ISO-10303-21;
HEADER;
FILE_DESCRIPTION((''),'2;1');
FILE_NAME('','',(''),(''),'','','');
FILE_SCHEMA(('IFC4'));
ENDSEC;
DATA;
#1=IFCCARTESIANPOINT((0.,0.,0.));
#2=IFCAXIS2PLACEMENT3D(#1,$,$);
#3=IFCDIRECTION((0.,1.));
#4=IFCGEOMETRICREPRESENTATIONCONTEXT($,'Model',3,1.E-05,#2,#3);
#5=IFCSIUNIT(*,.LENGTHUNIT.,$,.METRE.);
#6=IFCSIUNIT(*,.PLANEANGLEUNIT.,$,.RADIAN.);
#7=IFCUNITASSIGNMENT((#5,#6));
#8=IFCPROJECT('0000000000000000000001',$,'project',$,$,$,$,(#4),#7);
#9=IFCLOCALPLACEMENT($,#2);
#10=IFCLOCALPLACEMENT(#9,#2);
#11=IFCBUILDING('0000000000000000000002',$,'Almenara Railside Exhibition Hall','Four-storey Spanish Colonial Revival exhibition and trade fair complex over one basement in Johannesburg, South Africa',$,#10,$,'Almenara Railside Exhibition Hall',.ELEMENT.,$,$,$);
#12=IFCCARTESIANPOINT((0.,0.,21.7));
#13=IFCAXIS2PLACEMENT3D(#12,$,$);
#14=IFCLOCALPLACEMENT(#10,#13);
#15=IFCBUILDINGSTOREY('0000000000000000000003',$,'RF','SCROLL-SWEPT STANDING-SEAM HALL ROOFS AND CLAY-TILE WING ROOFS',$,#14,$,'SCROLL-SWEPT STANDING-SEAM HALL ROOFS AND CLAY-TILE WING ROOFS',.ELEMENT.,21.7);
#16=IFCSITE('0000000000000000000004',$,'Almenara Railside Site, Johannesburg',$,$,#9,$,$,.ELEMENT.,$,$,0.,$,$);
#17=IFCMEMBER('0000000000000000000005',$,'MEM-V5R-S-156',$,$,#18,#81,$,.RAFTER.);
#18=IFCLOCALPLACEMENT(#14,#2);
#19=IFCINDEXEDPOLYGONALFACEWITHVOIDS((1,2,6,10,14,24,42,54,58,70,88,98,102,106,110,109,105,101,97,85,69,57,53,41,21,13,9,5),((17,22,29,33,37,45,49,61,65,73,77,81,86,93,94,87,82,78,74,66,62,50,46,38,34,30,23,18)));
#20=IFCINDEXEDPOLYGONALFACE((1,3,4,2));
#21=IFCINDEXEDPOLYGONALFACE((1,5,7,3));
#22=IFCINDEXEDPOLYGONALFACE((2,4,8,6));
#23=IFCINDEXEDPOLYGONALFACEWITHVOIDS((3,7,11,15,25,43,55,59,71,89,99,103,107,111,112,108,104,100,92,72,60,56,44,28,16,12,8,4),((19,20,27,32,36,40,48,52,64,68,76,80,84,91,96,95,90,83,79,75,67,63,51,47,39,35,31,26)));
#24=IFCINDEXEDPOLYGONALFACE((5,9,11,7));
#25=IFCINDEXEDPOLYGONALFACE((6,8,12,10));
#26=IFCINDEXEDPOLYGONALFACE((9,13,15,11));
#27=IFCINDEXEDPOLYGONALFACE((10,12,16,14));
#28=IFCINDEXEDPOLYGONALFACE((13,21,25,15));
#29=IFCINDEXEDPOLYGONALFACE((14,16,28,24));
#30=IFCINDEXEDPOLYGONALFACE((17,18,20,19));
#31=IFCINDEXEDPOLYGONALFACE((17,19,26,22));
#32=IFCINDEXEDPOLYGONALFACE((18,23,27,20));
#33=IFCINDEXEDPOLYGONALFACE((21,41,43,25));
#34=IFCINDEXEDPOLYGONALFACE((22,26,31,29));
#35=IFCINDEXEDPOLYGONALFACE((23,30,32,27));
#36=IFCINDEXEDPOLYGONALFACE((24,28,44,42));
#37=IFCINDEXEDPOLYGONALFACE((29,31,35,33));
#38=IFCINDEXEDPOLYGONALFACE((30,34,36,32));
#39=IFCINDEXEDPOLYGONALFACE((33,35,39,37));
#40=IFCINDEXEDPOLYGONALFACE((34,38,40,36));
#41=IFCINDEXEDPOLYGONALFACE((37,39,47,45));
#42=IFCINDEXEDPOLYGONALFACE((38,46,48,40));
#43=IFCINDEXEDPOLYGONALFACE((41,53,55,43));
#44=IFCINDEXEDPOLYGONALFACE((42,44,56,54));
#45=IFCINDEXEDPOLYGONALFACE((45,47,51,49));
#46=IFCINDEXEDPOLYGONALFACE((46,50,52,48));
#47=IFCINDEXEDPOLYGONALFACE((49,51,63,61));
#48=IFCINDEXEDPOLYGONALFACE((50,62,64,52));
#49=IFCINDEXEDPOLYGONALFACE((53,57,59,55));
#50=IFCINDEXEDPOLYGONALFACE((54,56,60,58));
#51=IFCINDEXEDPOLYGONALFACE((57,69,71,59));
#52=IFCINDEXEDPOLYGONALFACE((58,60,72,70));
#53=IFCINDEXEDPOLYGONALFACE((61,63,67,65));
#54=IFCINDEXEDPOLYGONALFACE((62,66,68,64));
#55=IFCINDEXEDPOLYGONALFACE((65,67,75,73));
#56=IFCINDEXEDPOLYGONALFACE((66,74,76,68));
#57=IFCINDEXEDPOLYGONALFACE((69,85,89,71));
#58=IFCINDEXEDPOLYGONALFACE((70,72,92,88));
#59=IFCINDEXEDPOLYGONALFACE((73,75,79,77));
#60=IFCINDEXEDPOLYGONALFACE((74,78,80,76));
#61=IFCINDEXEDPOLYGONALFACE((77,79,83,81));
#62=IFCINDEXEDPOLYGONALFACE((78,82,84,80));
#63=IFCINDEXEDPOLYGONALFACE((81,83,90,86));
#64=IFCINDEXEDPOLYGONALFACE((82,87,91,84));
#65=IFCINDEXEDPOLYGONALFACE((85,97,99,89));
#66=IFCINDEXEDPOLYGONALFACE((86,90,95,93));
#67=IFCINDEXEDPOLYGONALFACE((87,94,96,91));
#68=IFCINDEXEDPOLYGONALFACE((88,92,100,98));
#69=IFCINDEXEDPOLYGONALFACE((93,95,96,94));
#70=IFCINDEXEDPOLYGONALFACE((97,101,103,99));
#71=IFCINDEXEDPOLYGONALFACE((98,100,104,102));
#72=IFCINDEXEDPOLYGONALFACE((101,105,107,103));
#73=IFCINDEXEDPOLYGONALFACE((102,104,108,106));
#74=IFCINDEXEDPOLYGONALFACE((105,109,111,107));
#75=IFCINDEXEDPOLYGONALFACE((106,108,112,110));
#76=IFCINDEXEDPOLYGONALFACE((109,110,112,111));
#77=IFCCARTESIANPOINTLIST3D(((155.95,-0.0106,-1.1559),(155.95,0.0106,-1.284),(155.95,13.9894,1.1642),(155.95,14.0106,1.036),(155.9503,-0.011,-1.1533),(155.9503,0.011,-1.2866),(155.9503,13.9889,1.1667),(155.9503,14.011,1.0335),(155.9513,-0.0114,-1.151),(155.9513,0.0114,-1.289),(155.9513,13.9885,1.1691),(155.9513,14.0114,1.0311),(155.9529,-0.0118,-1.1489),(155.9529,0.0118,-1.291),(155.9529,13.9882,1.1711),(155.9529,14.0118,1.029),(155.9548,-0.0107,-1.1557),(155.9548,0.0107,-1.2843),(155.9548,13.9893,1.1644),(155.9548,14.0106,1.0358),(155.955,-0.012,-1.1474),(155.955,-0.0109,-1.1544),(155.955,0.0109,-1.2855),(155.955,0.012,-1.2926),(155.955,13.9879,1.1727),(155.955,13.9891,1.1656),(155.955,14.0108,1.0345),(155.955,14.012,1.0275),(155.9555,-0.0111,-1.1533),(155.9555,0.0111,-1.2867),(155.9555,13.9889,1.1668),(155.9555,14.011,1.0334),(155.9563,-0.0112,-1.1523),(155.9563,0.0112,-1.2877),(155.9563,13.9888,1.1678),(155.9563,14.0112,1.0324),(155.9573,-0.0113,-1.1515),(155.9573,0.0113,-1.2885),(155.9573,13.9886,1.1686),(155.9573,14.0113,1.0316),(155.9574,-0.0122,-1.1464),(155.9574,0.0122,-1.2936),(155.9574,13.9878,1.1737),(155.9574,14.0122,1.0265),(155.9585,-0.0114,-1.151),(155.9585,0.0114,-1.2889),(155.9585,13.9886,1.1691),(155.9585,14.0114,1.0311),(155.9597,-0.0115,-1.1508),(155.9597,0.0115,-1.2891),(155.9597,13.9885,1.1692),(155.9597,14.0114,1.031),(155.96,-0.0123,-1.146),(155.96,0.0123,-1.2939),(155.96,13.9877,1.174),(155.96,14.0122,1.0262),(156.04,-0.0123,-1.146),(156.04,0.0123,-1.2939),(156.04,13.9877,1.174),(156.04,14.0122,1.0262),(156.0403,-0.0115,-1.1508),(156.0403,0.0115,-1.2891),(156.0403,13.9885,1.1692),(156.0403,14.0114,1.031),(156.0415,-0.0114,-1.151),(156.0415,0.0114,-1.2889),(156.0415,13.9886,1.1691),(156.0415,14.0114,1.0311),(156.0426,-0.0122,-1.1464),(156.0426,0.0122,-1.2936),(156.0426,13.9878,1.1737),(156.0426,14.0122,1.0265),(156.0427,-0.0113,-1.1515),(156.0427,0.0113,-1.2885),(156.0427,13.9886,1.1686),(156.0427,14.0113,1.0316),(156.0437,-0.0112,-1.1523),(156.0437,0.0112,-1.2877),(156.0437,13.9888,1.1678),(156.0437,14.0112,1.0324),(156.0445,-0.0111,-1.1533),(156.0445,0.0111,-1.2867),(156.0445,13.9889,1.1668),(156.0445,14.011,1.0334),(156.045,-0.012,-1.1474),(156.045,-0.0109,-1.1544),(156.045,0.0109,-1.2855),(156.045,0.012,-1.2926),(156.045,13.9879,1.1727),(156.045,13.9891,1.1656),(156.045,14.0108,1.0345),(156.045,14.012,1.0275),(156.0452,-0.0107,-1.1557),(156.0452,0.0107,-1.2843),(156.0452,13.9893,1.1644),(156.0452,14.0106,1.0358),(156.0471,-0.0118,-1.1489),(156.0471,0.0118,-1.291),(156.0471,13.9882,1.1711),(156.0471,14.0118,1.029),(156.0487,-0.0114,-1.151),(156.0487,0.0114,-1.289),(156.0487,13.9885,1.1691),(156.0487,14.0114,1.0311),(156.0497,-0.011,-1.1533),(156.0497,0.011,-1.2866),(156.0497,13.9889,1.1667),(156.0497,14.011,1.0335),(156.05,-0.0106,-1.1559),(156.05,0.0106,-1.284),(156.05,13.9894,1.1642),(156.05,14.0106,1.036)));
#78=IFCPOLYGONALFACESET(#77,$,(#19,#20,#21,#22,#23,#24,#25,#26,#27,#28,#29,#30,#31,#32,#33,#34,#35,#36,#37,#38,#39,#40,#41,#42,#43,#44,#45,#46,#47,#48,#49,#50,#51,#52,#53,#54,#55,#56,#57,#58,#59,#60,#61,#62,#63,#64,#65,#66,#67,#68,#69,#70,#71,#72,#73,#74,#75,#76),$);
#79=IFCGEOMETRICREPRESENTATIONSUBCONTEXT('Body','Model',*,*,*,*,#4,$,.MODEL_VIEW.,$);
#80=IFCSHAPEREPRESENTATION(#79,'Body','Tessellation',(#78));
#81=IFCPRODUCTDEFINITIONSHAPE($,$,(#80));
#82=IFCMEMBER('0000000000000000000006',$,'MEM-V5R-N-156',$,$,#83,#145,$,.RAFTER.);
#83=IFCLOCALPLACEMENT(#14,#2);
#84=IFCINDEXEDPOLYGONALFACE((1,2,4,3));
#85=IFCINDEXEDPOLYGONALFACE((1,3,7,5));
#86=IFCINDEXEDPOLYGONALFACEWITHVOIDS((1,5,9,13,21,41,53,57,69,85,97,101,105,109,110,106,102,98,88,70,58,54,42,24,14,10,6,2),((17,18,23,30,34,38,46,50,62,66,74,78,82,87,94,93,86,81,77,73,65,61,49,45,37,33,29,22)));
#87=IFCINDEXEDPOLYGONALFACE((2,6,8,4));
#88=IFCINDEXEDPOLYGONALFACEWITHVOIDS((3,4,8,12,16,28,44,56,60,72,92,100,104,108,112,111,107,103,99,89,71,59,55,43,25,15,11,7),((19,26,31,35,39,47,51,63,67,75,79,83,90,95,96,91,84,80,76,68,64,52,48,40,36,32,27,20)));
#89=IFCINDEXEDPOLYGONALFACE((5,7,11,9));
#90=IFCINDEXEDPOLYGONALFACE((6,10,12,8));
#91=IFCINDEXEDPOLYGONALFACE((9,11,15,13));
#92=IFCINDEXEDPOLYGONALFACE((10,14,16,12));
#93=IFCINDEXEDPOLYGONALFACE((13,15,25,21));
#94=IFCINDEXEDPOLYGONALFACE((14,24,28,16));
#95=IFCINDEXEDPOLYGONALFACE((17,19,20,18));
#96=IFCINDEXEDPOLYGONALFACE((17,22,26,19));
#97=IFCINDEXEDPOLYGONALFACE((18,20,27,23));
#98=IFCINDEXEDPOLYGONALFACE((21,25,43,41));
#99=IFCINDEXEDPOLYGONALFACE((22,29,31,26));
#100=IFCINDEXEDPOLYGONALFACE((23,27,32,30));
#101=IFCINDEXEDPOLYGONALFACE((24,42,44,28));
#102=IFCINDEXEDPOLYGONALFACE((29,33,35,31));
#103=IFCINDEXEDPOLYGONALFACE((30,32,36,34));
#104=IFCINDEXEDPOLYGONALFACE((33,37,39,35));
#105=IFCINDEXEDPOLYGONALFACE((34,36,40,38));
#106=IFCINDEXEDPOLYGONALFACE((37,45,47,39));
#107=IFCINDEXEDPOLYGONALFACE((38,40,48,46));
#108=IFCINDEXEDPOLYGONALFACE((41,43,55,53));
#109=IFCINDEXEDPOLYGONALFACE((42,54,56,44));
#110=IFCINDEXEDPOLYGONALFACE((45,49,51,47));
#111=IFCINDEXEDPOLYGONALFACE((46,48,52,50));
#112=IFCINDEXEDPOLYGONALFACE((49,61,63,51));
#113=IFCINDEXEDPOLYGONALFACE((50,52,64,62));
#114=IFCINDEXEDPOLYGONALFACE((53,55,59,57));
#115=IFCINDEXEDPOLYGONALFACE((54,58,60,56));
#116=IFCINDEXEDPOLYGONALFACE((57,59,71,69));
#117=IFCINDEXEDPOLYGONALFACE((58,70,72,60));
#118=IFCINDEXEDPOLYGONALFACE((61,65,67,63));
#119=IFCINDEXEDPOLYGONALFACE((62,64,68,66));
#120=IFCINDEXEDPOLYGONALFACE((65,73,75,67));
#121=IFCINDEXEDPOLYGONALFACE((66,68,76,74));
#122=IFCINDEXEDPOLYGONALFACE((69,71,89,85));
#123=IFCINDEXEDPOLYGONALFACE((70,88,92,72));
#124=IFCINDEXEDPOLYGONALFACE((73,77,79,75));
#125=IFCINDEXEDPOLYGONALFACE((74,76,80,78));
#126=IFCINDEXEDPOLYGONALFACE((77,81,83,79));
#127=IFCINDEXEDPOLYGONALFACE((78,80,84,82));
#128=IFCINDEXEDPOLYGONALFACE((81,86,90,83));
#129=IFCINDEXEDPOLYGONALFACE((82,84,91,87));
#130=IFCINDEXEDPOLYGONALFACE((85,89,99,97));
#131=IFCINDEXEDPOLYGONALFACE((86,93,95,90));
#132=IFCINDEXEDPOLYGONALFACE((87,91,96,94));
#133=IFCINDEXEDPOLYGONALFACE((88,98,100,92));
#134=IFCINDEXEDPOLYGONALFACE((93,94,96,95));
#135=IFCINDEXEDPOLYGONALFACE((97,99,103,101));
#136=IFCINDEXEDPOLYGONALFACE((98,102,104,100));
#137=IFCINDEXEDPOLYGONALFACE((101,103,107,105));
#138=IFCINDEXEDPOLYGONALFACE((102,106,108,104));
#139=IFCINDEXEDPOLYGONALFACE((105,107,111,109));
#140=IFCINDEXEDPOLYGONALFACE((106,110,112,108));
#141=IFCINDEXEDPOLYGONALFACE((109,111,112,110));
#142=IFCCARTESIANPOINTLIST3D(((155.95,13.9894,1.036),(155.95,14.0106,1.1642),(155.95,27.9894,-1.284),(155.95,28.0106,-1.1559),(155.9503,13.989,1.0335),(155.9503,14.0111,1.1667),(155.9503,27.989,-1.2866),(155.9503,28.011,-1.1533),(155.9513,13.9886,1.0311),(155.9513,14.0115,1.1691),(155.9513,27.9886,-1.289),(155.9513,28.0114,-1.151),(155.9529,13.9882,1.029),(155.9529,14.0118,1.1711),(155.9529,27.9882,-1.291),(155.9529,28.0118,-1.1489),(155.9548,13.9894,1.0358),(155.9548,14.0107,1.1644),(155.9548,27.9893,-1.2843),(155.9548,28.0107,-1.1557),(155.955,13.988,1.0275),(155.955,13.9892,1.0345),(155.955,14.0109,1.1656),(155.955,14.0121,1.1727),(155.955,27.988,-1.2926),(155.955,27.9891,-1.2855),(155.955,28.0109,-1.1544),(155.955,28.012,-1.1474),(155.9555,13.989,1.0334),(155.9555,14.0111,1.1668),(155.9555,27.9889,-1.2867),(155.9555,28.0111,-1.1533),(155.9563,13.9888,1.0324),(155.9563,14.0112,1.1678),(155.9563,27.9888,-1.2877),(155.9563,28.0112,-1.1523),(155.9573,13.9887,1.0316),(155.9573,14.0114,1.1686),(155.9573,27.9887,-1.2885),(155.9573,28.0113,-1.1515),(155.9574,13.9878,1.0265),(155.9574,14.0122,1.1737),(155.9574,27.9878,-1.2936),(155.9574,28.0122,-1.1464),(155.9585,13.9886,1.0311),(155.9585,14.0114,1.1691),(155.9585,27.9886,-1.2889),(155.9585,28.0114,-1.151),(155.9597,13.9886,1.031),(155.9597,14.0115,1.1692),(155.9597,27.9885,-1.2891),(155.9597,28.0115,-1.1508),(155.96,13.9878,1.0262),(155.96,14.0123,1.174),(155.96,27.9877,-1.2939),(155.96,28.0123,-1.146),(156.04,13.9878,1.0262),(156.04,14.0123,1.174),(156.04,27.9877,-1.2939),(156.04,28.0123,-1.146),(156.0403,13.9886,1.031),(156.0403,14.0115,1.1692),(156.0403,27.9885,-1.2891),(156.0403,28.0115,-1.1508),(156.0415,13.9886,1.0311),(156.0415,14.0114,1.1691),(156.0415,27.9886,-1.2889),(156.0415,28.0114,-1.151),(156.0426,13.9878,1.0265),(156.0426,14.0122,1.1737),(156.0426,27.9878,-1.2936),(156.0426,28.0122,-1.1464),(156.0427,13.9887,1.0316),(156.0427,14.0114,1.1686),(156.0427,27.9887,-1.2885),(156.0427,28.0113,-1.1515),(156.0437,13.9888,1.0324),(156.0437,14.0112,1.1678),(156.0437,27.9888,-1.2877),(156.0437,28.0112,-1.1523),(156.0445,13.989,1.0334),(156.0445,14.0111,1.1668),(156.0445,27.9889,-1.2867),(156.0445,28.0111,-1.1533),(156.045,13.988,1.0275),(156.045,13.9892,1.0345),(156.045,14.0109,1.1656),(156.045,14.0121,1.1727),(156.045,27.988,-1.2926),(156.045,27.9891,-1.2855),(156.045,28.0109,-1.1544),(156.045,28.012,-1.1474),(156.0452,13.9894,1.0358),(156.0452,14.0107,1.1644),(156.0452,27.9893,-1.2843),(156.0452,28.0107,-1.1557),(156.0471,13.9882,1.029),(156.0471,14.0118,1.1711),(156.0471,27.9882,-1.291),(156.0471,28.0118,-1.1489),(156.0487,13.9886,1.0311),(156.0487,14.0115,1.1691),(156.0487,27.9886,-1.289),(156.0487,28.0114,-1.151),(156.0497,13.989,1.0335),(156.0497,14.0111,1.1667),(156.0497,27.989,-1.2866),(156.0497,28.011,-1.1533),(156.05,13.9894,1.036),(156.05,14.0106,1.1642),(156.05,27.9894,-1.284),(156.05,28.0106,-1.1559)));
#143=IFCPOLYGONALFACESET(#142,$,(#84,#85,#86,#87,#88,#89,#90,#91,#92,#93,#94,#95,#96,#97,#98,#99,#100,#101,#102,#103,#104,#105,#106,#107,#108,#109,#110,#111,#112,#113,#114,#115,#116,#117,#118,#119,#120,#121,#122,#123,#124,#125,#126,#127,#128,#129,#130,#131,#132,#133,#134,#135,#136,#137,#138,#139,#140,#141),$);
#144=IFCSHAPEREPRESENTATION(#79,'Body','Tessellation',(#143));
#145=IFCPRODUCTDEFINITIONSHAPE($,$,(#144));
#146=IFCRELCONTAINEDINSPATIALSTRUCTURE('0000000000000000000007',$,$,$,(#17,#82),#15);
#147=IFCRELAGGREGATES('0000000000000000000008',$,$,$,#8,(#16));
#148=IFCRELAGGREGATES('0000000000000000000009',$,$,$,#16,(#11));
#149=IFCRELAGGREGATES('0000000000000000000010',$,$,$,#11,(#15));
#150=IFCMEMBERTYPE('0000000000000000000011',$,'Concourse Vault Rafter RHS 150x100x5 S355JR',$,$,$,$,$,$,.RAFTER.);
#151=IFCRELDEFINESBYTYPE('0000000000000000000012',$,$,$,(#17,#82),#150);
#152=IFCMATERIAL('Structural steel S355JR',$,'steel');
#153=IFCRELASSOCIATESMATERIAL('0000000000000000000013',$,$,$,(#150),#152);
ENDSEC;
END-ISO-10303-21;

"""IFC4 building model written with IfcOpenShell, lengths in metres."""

from ifc_helpers import new_model, si_unit, direction, frame, origin, origin_2d, place, context, subcontext, project, spatial, hollow_rectangle, extrude, material, material_profile, profile_set, type_object, element, save


model = new_model("IFC4")

# Units and contexts
model_context = context("Model", 3, precision=1e-05, world=origin(), true_north=direction((0.0, 1.0)))
body_context = subcontext(model_context, "Body", "Model", "MODEL_VIEW")
ifc_project = project(units=[si_unit("LENGTHUNIT", "METRE"), si_unit("PLANEANGLEUNIT", "RADIAN")], contexts=[model_context])

# Site, building, storey
site_placement = place(None, origin())
site = spatial("IfcSite", under=ifc_project, at=site_placement, Name="Almenara Railside Site, Johannesburg", CompositionType="ELEMENT", RefElevation=0.0)
building_placement = place(site_placement, origin())
building = spatial("IfcBuilding", under=site, at=building_placement, Name="Almenara Railside Exhibition Hall", Description="Four-storey Spanish Colonial Revival exhibition and trade fair complex over one basement in Johannesburg, South Africa", LongName="Almenara Railside Exhibition Hall", CompositionType="ELEMENT")
storey_placement = place(building_placement, frame((0.0, 0.0, 21.7)))
storey = spatial("IfcBuildingStorey", under=building, at=storey_placement, Name="RF", Description="SCROLL-SWEPT STANDING-SEAM HALL ROOFS AND CLAY-TILE WING ROOFS", LongName="SCROLL-SWEPT STANDING-SEAM HALL ROOFS AND CLAY-TILE WING ROOFS", CompositionType="ELEMENT", Elevation=21.7)

# Members
ifc_material_1 = material(Name="Structural steel S355JR", Category="steel")
ifc_material_profile_1 = material_profile(ifc_material_1, hollow_rectangle(XDim=0.1001, YDim=0.1499, WallThickness=0.0049, InnerFilletRadius=0.0049, OuterFilletRadius=0.01, at=origin_2d()), Name="RHS 150x100x5")
ifc_profile_set_1 = profile_set([ifc_material_profile_1], Name="Structural steel S355JR")
member_type_1 = type_object("IfcMemberType", Name="Concourse Vault Rafter RHS 150x100x5 S355JR", PredefinedType="RAFTER", material=ifc_profile_set_1)
for number, where, z_axis, x_axis, name in (
    (1, (156.0, 0.0, -1.22), (0.0, 0.986545, 0.163489), (-1.0, 0.0, 0.0), "MEM-V5R-S-156"),
    (2, (156.0, 28.0, -1.22), (0.0, -0.986545, 0.163489), (1.0, 0.0, 0.0), "MEM-V5R-N-156"),
):
    element("IfcMember", number, at=place(storey_placement, frame(where, z_axis=z_axis, x_axis=x_axis)), inside=storey, type_object=member_type_1, Name=name, PredefinedType="RAFTER", context=body_context, shape_type="SweptSolid", body=[
        extrude(hollow_rectangle(XDim=0.1001, YDim=0.1499, WallThickness=0.0049, InnerFilletRadius=0.0049, OuterFilletRadius=0.01, at=origin_2d()), origin(), (0.0, 0.0, 1.0), 14.1909),
    ])

save(model, "model.ifc")
